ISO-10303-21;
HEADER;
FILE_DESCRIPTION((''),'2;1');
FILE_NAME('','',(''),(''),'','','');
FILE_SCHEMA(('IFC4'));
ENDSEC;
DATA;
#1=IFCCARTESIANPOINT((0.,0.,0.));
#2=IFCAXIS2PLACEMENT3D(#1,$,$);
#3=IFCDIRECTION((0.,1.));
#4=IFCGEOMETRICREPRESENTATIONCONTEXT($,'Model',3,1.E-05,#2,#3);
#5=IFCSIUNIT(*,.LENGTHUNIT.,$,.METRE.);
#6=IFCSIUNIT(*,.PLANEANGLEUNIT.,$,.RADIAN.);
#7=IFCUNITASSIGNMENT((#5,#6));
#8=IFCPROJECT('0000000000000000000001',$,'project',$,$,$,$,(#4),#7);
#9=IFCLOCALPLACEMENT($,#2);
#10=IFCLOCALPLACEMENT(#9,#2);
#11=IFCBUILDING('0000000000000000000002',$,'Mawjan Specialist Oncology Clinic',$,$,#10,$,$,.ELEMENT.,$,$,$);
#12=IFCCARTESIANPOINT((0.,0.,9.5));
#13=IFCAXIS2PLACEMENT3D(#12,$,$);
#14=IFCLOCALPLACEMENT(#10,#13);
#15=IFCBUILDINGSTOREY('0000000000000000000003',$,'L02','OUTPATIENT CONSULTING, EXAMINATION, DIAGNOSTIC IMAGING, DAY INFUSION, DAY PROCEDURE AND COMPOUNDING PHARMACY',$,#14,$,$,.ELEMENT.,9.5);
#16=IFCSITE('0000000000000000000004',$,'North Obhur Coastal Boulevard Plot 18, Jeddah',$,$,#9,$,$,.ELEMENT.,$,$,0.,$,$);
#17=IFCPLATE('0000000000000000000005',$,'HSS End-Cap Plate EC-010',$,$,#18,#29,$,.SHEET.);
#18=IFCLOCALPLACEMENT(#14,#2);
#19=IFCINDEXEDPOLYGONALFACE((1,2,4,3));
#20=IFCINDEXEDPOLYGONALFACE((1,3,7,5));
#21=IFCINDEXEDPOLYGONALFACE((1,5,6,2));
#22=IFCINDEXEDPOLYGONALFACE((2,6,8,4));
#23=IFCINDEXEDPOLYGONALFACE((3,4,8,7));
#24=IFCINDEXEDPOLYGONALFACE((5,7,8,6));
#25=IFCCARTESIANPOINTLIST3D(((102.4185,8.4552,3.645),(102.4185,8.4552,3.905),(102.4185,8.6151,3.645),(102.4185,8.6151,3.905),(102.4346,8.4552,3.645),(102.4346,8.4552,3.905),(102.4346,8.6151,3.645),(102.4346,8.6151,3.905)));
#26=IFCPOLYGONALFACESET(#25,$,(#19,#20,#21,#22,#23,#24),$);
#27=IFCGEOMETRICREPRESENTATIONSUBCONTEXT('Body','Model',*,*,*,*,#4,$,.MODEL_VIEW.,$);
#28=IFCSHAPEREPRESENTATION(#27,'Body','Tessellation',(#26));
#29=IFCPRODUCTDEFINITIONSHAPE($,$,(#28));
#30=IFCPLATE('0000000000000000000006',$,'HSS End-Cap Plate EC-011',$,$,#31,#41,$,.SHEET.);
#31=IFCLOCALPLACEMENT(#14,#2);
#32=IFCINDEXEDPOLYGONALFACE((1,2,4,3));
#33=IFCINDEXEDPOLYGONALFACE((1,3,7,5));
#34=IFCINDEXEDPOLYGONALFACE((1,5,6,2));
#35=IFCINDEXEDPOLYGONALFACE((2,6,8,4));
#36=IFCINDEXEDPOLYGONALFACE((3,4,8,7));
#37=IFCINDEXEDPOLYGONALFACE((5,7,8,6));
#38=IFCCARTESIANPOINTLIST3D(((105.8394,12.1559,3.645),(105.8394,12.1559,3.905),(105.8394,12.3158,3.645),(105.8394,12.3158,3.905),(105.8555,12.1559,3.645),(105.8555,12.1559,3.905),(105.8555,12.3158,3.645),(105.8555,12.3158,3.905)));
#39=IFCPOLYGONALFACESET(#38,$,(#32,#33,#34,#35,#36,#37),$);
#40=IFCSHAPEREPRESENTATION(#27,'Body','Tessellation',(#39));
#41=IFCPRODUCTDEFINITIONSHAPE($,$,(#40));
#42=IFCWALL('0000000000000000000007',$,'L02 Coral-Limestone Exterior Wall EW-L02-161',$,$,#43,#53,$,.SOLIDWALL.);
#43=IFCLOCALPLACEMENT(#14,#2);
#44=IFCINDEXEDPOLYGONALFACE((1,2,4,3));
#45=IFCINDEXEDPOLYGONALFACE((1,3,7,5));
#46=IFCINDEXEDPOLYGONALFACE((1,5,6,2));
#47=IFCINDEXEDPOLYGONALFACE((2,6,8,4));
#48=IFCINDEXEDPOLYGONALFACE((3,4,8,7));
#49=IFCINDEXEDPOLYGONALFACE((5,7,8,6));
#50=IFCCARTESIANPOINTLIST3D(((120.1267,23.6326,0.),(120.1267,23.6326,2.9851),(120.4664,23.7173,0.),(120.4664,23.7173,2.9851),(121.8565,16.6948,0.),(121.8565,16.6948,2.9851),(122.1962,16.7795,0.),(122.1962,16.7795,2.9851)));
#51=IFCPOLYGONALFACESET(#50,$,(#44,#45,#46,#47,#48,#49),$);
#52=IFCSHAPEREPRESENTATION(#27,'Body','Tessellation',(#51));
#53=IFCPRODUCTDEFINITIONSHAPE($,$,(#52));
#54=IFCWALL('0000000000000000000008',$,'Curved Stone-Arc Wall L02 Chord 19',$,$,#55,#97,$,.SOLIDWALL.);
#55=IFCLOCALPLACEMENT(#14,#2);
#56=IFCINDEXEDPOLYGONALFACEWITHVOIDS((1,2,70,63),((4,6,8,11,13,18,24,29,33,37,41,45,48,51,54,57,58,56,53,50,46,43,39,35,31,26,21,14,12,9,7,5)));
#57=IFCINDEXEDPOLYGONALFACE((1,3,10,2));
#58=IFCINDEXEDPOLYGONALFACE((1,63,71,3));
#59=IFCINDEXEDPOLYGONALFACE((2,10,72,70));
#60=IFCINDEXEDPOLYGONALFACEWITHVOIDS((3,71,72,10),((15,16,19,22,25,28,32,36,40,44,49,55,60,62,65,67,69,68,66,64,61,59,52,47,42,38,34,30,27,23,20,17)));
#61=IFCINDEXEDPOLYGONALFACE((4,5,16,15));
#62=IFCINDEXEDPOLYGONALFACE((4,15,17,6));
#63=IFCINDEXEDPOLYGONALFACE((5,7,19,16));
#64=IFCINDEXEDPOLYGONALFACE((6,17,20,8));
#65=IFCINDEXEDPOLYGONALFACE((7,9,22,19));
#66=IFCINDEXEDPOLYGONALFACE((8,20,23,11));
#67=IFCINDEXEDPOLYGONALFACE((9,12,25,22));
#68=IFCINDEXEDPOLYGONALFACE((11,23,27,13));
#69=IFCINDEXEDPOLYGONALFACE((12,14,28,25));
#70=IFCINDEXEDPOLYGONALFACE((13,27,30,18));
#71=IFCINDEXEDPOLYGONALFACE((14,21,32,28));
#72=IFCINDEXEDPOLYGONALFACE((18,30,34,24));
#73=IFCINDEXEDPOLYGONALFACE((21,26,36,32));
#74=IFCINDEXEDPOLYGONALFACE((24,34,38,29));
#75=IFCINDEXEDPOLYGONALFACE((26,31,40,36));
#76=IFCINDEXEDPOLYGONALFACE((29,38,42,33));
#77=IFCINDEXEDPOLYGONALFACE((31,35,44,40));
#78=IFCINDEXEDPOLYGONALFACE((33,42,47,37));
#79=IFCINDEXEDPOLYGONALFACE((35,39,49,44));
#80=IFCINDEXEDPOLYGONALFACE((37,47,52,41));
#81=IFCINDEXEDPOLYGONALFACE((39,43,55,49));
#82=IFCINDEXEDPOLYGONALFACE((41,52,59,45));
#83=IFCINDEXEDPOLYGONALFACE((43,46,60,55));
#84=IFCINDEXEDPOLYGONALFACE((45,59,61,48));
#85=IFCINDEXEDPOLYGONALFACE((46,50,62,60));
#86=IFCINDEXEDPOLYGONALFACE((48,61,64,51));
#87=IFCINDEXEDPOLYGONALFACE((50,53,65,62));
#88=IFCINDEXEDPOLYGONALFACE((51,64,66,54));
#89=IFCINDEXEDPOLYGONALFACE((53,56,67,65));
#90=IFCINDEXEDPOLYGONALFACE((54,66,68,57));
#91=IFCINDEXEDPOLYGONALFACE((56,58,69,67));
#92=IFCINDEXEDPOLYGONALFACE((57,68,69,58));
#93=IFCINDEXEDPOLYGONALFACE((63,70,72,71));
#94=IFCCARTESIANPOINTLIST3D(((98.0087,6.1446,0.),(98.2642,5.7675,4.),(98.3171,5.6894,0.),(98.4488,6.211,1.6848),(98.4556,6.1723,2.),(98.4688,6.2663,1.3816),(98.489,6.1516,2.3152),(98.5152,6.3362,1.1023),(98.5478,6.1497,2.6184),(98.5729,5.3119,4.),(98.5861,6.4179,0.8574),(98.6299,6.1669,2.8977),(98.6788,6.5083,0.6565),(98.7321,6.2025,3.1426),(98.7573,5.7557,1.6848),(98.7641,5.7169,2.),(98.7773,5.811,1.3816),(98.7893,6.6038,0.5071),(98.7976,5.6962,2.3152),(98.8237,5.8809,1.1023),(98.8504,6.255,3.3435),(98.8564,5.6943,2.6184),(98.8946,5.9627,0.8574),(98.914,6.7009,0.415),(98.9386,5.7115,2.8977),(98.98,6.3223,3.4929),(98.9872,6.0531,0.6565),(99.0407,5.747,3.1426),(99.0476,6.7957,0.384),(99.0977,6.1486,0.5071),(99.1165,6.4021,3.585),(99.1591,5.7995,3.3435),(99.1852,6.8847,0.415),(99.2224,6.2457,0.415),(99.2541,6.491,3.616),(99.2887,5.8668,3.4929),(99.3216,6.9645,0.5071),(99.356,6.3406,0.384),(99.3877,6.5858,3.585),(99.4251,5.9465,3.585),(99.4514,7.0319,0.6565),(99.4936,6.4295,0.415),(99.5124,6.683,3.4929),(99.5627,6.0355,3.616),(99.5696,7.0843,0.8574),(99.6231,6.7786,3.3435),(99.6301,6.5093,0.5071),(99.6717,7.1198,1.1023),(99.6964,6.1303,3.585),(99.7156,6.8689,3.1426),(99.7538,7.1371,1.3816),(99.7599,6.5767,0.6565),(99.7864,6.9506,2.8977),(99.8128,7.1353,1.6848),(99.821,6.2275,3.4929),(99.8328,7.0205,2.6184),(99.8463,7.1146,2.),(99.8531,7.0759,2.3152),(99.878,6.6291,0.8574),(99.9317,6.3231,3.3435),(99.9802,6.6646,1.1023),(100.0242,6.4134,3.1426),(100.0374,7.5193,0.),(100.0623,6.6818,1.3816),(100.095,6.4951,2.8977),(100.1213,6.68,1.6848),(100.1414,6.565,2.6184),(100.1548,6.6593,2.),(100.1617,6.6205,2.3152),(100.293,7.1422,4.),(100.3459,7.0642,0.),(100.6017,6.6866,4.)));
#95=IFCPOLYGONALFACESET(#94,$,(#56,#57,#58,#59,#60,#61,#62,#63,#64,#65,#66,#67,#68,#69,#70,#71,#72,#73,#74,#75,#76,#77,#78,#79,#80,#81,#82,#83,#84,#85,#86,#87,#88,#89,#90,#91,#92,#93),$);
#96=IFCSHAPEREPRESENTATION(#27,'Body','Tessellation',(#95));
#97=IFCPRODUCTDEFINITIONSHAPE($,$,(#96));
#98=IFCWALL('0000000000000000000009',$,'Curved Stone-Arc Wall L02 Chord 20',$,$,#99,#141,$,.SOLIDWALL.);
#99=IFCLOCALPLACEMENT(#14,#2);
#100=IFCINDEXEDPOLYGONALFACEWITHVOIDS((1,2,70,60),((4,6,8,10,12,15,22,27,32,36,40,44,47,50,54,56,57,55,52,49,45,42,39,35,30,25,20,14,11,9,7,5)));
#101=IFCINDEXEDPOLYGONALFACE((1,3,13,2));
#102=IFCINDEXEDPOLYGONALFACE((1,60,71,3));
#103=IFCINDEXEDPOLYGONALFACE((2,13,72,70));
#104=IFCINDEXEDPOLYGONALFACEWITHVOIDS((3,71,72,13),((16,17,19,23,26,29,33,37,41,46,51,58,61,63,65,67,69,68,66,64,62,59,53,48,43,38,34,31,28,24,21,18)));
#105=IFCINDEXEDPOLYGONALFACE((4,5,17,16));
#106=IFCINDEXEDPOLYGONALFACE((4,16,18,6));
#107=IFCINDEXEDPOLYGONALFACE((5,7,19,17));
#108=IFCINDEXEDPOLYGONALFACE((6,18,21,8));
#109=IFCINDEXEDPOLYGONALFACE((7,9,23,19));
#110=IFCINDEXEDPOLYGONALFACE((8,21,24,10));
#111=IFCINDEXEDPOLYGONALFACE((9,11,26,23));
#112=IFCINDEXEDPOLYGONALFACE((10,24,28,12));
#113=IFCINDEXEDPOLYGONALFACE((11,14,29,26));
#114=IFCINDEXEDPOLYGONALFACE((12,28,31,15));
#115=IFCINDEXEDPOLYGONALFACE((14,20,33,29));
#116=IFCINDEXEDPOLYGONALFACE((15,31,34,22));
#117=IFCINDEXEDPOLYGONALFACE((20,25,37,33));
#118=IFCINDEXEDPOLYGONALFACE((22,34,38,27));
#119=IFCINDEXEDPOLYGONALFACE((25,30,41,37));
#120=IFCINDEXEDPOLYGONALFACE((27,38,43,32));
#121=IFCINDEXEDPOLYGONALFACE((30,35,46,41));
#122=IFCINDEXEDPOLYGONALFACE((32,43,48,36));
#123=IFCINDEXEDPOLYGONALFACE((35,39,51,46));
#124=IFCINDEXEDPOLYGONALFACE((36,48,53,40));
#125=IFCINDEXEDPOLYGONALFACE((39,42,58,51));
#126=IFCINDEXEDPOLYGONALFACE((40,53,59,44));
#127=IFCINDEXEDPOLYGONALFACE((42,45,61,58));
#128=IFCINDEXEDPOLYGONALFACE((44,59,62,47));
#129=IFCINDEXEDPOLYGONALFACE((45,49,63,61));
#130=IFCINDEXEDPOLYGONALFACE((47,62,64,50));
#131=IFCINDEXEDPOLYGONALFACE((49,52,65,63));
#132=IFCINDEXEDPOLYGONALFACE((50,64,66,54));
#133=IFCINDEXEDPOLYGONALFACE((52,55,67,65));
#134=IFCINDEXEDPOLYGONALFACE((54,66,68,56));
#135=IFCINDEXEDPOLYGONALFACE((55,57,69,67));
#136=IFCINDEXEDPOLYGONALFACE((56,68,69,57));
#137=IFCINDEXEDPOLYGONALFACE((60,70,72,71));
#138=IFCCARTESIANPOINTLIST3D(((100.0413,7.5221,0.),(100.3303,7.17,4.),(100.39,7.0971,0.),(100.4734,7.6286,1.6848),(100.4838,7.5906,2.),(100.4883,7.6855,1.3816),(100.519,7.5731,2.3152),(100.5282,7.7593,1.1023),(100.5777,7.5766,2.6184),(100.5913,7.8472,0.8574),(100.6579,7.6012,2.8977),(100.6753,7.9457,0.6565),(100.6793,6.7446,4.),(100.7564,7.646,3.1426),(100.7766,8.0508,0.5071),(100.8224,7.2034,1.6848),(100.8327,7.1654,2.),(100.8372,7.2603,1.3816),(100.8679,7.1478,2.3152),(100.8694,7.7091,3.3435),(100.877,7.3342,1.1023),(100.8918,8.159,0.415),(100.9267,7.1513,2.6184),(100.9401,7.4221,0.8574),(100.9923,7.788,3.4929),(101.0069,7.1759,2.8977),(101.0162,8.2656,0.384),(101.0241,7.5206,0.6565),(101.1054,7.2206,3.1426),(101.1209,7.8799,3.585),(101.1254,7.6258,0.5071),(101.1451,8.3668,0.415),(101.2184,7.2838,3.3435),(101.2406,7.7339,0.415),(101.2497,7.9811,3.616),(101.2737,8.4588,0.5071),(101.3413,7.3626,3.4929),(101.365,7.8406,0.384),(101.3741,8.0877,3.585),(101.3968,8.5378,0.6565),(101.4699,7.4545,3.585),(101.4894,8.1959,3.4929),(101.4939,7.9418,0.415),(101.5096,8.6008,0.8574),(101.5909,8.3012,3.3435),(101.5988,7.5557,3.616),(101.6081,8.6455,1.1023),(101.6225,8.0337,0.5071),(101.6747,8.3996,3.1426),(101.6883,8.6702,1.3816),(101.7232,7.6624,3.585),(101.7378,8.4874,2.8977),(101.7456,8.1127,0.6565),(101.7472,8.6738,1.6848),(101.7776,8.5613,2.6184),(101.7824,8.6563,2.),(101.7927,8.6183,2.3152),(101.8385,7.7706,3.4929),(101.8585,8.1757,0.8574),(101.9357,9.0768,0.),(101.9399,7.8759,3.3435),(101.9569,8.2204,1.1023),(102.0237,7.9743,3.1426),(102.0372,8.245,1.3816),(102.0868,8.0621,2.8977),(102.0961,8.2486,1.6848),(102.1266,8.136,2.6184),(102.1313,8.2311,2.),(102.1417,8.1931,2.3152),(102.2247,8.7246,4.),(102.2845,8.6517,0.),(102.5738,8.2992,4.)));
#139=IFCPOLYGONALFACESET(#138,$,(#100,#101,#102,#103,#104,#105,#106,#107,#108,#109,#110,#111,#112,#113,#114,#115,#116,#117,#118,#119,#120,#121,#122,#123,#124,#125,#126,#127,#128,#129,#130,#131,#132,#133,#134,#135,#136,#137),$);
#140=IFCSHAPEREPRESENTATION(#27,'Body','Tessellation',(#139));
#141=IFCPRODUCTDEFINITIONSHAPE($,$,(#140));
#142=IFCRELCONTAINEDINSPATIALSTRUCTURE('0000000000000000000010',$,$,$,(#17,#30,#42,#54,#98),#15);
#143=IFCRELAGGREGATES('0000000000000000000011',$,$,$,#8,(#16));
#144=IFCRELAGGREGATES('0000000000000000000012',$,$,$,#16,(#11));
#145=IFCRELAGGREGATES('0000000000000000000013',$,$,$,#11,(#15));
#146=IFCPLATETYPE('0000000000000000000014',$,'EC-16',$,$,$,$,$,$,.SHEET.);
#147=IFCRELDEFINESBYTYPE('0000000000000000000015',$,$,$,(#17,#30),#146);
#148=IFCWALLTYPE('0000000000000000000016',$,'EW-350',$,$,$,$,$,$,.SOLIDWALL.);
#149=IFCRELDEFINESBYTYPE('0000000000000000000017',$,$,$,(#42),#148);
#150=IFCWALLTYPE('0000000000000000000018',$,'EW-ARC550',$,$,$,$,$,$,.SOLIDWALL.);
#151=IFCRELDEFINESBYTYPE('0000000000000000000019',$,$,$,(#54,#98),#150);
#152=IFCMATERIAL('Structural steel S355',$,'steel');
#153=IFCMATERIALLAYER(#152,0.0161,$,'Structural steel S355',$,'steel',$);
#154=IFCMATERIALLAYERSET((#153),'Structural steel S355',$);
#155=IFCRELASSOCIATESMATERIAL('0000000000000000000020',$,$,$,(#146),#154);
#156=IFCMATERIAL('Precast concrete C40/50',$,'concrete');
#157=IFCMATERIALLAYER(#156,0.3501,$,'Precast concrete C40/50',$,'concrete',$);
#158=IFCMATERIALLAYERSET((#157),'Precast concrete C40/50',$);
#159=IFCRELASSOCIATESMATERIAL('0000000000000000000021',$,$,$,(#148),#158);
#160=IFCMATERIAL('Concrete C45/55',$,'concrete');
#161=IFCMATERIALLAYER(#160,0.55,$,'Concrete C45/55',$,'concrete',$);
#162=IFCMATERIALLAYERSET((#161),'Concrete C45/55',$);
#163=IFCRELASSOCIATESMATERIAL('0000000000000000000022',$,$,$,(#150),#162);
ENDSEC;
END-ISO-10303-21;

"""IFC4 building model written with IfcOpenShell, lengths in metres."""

from ifc_helpers import new_model, si_unit, direction, frame, frame_2d, origin, origin_2d, place, context, subcontext, project, spatial, polyline, rectangle, outline, extrude, material, layer, layer_set, type_object, element, save


model = new_model("IFC4")

# Units and contexts
model_context = context("Model", 3, precision=1e-05, world=origin(), true_north=direction((0.0, 1.0)))
body_context = subcontext(model_context, "Body", "Model", "MODEL_VIEW")
ifc_project = project(units=[si_unit("LENGTHUNIT", "METRE"), si_unit("PLANEANGLEUNIT", "RADIAN")], contexts=[model_context])

# Site, building, storey
site_placement = place(None, origin())
site = spatial("IfcSite", under=ifc_project, at=site_placement, Name="North Obhur Coastal Boulevard Plot 18, Jeddah", CompositionType="ELEMENT", RefElevation=0.0)
building_placement = place(site_placement, origin())
building = spatial("IfcBuilding", under=site, at=building_placement, Name="Mawjan Specialist Oncology Clinic", CompositionType="ELEMENT")
storey_placement = place(building_placement, frame((0.0, 0.0, 9.5)))
storey = spatial("IfcBuildingStorey", under=building, at=storey_placement, Name="L02", Description="OUTPATIENT CONSULTING, EXAMINATION, DIAGNOSTIC IMAGING, DAY INFUSION, DAY PROCEDURE AND COMPOUNDING PHARMACY", CompositionType="ELEMENT", Elevation=9.5)

# Plates
ifc_material_1 = material(Name="Structural steel S355", Category="steel")
ifc_layer_1 = layer(ifc_material_1, 0.0161, Name="Structural steel S355", Category="steel")
ifc_layer_set_1 = layer_set([ifc_layer_1], Name="Structural steel S355")
plate_type_1 = type_object("IfcPlateType", Name="EC-16", PredefinedType="SHEET", material=ifc_layer_set_1)
for number, where, z_axis, x_axis, name in (
    (1, (102.4265, 8.5352, 3.645), (0.0, 0.0, 1.0), (1.0, 0.0, 0.0), "HSS End-Cap Plate EC-010"),
    (2, (105.8474, 12.2358, 3.645), (0.0, 0.0, 1.0), (1.0, 0.0, 0.0), "HSS End-Cap Plate EC-011"),
):
    element("IfcPlate", number, at=place(storey_placement, frame(where, z_axis=z_axis, x_axis=x_axis)), inside=storey, type_object=plate_type_1, Name=name, PredefinedType="SHEET", context=body_context, shape_type="SweptSolid", body=[
        extrude(rectangle(XDim=0.0161, YDim=0.1599, at=origin_2d()), origin(), (0.0, 0.0, 1.0), 0.26),
    ])

# Wall
ifc_material_2 = material(Name="Precast concrete C40/50", Category="concrete")
ifc_layer_2 = layer(ifc_material_2, 0.3501, Name="Precast concrete C40/50", Category="concrete")
ifc_layer_set_2 = layer_set([ifc_layer_2], Name="Precast concrete C40/50")
wall_type_1 = type_object("IfcWallType", Name="EW-350", PredefinedType="SOLIDWALL", material=ifc_layer_set_2)
wall_1_placement = place(storey_placement, frame((122.0264, 16.7371, 0.0), z_axis=(0.0, 0.0, 1.0), x_axis=(-0.241917, 0.970297, 0.0)))
element("IfcWall", 3, at=wall_1_placement, inside=storey, type_object=wall_type_1, Name="L02 Coral-Limestone Exterior Wall EW-L02-161", PredefinedType="SOLIDWALL", context=body_context, shape_type="SweptSolid", body=[
    extrude(rectangle(XDim=7.1501, YDim=0.3501, at=frame_2d((3.5752, 0.0))), origin(), (0.0, 0.0, 1.0), 2.9851),
])

# Walls, openings
ifc_material_3 = material(Name="Concrete C45/55", Category="concrete")
ifc_layer_3 = layer(ifc_material_3, 0.55, Name="Concrete C45/55", Category="concrete")
ifc_layer_set_3 = layer_set([ifc_layer_3], Name="Concrete C45/55")
wall_type_2 = type_object("IfcWallType", Name="EW-ARC550", PredefinedType="SOLIDWALL", material=ifc_layer_set_3)
wall_2_placement = place(storey_placement, frame((100.1917, 7.2917, 0.0), z_axis=(0.0, 0.0, 1.0), x_axis=(-0.827843, -0.56096, 0.0)))
wall_2 = element("IfcWall", 4, at=wall_2_placement, inside=storey, type_object=wall_type_2, Name="Curved Stone-Arc Wall L02 Chord 19", PredefinedType="SOLIDWALL", context=body_context, shape_type="SweptSolid", body=[
    extrude(outline(polyline([(-0.2749, 0.0), (0.2749, 0.0), (0.731, 4.0), (0.1807, 4.0), (-0.2749, 0.0)])), frame((0.0, 0.0, 0.0), z_axis=(1.0, 0.0, 0.0), x_axis=(0.0, 1.0, 0.0)), (0.0, 0.0, 1.0), 2.4507),
])
opening_1_placement = place(wall_2_placement, origin())
element("IfcOpeningElement", 5, at=opening_1_placement, cuts=wall_2, PredefinedType="OPENING", context=body_context, shape_type="SweptSolid", body=[
    extrude(outline(polyline([(2.0652, 2.0), (2.0491, 2.3152), (2.0015, 2.6184), (1.9238, 2.8977), (1.8193, 3.1426), (1.6919, 3.3435), (1.5469, 3.4929), (1.3892, 3.585), (1.2253, 3.616), (1.0615, 3.585), (0.9038, 3.4929), (0.7585, 3.3435), (0.6313, 3.1426), (0.5269, 2.8977), (0.4492, 2.6184), (0.4014, 2.3152), (0.3853, 2.0), (0.4014, 1.6848), (0.4492, 1.3816), (0.5269, 1.1023), (0.6313, 0.8574), (0.7585, 0.6565), (0.9038, 0.5071), (1.0615, 0.415), (1.2253, 0.384), (1.3892, 0.415), (1.5469, 0.5071), (1.6919, 0.6565), (1.8193, 0.8574), (1.9238, 1.1023), (2.0015, 1.3816), (2.0491, 1.6848), (2.0652, 2.0)])), frame((0.0, 0.7507, 0.0), z_axis=(0.0, -1.0, 0.0), x_axis=(1.0, 0.0, 0.0)), (0.0, 0.0, 1.0), 1.0459),
])
wall_3_placement = place(storey_placement, frame((102.1101, 8.8643, 0.0), z_axis=(0.0, 0.0, 1.0), x_axis=(-0.773033, -0.634365, 0.0)))
wall_3 = element("IfcWall", 6, at=wall_3_placement, inside=storey, type_object=wall_type_2, Name="Curved Stone-Arc Wall L02 Chord 20", PredefinedType="SOLIDWALL", context=body_context, shape_type="SweptSolid", body=[
    extrude(outline(polyline([(-0.2749, 0.0), (0.2749, 0.0), (0.731, 4.0), (0.1807, 4.0), (-0.2749, 0.0)])), frame((0.0, 0.0, 0.0), z_axis=(1.0, 0.0, 0.0), x_axis=(0.0, 1.0, 0.0)), (0.0, 0.0, 1.0), 2.4507),
])
opening_2_placement = place(wall_3_placement, origin())
element("IfcOpeningElement", 7, at=opening_2_placement, cuts=wall_3, PredefinedType="OPENING", context=body_context, shape_type="SweptSolid", body=[
    extrude(outline(polyline([(2.0652, 2.0), (2.0491, 2.3152), (2.0015, 2.6184), (1.9238, 2.8977), (1.8193, 3.1426), (1.6919, 3.3435), (1.5469, 3.4929), (1.3892, 3.585), (1.2253, 3.616), (1.0615, 3.585), (0.9038, 3.4929), (0.7585, 3.3435), (0.6313, 3.1426), (0.5269, 2.8977), (0.4492, 2.6184), (0.4014, 2.3152), (0.3853, 2.0), (0.4014, 1.6848), (0.4492, 1.3816), (0.5269, 1.1023), (0.6313, 0.8574), (0.7585, 0.6565), (0.9038, 0.5071), (1.0615, 0.415), (1.2253, 0.384), (1.3892, 0.415), (1.5469, 0.5071), (1.6919, 0.6565), (1.8193, 0.8574), (1.9238, 1.1023), (2.0015, 1.3816), (2.0491, 1.6848), (2.0652, 2.0)])), frame((0.0, 0.7507, 0.0), z_axis=(0.0, -1.0, 0.0), x_axis=(1.0, 0.0, 0.0)), (0.0, 0.0, 1.0), 1.0459),
])

save(model, "model.ifc")
